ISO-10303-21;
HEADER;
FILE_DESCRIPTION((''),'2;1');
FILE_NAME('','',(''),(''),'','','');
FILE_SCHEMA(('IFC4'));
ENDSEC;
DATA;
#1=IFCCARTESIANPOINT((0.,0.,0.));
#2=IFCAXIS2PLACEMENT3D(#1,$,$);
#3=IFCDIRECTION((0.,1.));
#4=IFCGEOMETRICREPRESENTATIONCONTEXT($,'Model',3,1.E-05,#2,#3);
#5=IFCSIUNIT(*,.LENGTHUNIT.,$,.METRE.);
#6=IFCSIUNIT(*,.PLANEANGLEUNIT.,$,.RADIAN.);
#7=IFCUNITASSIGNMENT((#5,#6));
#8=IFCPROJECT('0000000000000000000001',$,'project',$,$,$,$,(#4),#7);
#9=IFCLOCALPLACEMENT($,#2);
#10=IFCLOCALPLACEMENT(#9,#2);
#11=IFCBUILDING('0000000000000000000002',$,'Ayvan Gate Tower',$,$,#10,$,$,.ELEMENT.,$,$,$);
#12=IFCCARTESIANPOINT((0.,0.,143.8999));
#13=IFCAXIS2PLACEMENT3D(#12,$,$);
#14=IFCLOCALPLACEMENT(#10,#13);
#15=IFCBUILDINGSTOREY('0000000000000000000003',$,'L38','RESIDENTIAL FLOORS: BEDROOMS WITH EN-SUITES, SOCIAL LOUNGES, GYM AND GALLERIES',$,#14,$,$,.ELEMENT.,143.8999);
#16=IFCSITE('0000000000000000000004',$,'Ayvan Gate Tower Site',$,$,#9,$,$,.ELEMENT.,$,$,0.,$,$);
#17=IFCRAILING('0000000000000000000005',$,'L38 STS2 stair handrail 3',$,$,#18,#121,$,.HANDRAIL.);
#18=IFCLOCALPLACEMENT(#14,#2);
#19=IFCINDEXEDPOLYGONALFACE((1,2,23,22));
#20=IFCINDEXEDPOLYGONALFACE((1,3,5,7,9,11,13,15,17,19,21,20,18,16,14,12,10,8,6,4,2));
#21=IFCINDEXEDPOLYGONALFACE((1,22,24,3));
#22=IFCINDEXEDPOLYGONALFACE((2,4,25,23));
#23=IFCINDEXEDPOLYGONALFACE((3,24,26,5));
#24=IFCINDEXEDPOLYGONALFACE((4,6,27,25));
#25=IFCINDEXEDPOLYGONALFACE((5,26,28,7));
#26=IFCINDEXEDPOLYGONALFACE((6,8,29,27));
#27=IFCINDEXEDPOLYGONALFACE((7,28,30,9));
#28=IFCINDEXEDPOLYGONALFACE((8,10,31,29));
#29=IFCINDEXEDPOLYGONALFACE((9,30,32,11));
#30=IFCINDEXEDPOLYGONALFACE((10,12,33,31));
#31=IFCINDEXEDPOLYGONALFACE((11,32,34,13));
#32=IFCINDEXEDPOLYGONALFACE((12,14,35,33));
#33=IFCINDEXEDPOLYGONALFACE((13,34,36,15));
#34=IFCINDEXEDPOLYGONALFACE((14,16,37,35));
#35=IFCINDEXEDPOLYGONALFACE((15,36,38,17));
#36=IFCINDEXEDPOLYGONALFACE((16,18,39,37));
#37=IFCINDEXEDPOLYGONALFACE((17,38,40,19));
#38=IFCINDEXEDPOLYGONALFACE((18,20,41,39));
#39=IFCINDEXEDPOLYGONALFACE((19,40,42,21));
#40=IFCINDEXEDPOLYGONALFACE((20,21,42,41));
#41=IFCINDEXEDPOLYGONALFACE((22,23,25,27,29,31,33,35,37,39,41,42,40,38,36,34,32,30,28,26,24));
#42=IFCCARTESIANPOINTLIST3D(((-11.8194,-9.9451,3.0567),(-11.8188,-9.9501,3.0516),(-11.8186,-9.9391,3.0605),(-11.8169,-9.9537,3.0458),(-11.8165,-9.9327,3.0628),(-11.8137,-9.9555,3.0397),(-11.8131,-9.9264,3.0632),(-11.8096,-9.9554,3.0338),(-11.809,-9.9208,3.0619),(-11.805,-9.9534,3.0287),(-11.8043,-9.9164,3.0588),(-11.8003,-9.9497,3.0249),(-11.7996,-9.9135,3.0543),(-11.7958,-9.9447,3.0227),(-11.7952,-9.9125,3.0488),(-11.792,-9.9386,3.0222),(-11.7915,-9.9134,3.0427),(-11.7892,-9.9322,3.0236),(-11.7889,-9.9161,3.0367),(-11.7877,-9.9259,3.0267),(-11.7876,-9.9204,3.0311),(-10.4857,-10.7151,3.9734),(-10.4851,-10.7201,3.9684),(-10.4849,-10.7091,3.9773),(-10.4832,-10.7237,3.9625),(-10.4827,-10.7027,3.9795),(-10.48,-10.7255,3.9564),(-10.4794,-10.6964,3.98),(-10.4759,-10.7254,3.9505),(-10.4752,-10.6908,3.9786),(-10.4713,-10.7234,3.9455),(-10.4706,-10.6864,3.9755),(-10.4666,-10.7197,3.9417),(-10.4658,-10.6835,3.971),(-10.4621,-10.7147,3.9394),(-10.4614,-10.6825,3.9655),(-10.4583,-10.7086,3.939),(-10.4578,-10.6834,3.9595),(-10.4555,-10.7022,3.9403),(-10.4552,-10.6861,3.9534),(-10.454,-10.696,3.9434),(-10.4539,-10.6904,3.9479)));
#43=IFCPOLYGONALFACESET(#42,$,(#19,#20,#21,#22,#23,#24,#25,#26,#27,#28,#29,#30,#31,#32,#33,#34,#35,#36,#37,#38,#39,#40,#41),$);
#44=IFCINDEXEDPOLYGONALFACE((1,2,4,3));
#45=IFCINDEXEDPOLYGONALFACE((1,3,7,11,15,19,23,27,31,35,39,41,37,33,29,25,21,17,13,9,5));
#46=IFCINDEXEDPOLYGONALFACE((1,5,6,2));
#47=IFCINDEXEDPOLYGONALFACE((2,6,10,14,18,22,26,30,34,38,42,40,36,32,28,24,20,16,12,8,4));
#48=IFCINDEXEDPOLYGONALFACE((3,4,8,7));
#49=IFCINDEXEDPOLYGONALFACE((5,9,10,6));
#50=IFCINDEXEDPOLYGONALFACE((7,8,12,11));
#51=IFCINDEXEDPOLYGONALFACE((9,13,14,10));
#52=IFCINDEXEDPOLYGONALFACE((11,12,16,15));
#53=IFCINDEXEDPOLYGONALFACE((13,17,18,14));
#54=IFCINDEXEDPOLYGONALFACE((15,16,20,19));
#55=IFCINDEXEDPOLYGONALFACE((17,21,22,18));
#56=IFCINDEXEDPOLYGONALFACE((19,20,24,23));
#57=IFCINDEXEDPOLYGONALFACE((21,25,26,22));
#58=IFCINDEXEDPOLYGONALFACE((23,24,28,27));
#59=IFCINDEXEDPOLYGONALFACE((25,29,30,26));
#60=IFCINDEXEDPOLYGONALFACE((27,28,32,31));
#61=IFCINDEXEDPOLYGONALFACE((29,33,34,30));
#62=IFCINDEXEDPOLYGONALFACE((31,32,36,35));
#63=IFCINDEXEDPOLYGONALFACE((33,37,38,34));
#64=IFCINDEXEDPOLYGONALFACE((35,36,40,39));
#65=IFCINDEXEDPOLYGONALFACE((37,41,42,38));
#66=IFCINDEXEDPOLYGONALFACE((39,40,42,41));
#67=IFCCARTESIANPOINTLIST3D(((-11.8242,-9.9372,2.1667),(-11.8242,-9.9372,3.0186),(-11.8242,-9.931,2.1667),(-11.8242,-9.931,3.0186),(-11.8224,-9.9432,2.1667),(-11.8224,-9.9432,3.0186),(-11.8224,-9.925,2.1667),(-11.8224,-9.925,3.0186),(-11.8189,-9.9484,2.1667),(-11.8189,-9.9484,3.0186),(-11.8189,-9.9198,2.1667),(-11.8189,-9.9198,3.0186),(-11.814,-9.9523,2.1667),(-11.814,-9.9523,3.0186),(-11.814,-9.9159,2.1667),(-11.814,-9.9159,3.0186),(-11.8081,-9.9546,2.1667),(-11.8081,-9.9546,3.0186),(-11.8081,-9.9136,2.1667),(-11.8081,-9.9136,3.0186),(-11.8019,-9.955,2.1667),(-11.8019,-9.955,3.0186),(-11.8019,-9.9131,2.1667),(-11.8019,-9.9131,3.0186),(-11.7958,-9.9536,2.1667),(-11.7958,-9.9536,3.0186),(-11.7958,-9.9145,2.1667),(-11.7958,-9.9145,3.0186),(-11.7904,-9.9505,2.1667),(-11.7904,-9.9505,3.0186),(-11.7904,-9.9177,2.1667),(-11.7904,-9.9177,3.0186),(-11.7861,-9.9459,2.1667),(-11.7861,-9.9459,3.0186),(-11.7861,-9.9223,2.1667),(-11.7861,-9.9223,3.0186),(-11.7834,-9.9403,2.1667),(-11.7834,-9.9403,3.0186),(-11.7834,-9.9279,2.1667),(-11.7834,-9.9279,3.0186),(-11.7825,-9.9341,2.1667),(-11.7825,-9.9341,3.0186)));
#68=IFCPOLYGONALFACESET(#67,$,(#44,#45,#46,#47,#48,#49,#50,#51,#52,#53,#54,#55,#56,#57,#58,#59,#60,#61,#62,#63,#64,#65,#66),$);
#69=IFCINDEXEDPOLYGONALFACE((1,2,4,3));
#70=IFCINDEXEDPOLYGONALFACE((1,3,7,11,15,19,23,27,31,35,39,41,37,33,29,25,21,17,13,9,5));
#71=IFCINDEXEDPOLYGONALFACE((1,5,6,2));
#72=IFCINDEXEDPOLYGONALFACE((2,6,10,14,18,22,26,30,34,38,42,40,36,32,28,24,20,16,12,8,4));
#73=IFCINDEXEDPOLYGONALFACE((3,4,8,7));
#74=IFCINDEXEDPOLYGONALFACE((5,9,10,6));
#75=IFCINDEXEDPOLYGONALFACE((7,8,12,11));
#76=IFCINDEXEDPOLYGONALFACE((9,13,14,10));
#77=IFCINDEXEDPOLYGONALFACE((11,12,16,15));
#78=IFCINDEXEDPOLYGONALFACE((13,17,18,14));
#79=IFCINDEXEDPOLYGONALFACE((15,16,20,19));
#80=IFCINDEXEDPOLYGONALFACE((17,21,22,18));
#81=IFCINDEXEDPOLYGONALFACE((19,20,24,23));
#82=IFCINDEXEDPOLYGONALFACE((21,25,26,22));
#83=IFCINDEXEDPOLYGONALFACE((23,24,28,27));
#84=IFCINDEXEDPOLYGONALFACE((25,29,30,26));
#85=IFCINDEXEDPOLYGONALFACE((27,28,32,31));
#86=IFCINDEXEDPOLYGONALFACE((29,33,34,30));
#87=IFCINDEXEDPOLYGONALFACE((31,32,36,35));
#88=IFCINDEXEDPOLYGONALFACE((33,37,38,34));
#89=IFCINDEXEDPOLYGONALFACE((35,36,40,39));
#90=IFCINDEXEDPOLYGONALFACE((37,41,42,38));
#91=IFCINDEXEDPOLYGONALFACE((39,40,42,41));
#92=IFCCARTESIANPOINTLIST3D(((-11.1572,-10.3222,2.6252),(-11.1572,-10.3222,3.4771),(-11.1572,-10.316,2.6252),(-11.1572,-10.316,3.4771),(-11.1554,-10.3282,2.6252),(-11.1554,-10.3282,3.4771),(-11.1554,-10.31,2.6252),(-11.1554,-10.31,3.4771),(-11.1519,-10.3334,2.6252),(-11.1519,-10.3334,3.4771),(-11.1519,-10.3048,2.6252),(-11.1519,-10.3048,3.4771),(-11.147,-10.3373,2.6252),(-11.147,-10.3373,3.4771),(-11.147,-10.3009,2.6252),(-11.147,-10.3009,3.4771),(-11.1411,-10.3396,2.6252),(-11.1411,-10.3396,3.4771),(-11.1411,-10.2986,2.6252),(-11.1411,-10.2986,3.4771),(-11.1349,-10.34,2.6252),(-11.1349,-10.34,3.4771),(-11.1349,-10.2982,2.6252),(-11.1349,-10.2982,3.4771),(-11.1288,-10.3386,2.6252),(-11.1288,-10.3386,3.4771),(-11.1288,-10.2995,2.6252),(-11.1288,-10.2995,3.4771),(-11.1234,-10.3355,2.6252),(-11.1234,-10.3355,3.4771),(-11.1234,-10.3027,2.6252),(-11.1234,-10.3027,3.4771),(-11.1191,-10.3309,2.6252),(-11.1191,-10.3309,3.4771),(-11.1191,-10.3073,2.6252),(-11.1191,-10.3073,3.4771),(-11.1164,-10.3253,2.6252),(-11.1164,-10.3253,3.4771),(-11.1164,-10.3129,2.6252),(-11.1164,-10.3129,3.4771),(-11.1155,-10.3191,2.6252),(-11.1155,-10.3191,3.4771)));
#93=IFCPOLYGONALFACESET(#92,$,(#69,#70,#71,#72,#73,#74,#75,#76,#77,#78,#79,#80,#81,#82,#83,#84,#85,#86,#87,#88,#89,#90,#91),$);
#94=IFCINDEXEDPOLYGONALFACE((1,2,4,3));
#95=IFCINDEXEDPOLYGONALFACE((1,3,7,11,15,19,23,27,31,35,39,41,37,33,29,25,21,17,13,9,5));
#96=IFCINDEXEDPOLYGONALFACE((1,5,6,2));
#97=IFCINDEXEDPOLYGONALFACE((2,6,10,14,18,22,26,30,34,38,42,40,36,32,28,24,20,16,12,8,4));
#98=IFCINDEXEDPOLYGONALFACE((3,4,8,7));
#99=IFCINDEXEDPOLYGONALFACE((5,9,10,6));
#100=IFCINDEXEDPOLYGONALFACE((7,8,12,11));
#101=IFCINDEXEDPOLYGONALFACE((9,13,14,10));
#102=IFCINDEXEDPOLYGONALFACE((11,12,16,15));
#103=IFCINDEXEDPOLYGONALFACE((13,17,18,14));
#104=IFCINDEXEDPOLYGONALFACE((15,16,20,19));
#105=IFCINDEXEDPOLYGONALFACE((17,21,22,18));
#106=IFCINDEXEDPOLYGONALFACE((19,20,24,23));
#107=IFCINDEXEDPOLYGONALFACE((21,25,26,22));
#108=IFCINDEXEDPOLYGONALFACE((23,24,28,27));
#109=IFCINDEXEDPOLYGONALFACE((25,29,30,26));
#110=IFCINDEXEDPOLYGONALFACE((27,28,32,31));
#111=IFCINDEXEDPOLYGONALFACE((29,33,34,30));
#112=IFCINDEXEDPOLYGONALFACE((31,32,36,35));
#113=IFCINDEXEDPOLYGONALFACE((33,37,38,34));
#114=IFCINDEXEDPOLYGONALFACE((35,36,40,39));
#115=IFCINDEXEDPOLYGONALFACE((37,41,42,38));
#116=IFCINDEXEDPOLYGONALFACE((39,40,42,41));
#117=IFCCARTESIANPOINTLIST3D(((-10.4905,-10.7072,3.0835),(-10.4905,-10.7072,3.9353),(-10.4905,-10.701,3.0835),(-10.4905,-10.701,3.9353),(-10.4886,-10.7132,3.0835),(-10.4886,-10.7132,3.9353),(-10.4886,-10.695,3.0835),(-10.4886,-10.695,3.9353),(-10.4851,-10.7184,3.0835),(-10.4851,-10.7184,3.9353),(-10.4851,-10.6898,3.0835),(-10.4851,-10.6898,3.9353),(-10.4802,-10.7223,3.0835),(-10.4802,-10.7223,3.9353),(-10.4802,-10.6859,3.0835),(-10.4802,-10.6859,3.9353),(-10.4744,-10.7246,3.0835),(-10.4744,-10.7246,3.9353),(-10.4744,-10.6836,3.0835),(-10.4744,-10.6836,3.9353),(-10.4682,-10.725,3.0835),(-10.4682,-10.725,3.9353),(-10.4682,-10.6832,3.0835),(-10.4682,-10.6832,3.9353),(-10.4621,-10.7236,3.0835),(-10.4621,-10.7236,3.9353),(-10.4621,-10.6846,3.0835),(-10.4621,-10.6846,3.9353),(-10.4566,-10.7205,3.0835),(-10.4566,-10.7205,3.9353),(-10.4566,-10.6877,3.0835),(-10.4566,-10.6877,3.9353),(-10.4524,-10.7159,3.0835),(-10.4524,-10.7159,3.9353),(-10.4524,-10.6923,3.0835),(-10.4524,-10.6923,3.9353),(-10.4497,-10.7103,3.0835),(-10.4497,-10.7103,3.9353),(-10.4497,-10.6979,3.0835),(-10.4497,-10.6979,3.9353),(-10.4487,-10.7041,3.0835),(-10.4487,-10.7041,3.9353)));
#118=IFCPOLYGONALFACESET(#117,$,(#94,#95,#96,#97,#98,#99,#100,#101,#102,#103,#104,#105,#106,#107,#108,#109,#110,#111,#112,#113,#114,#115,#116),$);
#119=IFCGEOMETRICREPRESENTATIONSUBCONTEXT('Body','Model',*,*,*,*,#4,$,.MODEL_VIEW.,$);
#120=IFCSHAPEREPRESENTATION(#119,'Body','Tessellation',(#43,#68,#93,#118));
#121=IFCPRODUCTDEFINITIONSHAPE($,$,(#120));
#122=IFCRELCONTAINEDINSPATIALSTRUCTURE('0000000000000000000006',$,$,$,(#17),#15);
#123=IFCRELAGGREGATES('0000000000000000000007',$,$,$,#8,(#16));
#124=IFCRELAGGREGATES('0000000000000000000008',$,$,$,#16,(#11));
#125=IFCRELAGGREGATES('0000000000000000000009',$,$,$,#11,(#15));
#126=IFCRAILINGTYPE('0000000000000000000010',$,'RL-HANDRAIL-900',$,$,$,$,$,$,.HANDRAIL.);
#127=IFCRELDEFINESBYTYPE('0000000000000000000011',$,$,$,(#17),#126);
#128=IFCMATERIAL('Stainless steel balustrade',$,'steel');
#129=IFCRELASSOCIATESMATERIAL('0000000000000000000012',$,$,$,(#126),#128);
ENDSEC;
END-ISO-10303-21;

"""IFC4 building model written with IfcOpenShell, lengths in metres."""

from ifc_helpers import new_model, si_unit, direction, frame, origin, origin_2d, place, context, subcontext, project, spatial, circle, extrude, material, type_object, element, save


model = new_model("IFC4")

# Units and contexts
model_context = context("Model", 3, precision=1e-05, world=origin(), true_north=direction((0.0, 1.0)))
body_context = subcontext(model_context, "Body", "Model", "MODEL_VIEW")
ifc_project = project(units=[si_unit("LENGTHUNIT", "METRE"), si_unit("PLANEANGLEUNIT", "RADIAN")], contexts=[model_context])

# Site, building, storey
site_placement = place(None, origin())
site = spatial("IfcSite", under=ifc_project, at=site_placement, Name="Ayvan Gate Tower Site", CompositionType="ELEMENT", RefElevation=0.0)
building_placement = place(site_placement, origin())
building = spatial("IfcBuilding", under=site, at=building_placement, Name="Ayvan Gate Tower", CompositionType="ELEMENT")
storey_placement = place(building_placement, frame((0.0, 0.0, 143.8999)))
storey = spatial("IfcBuildingStorey", under=building, at=storey_placement, Name="L38", Description="RESIDENTIAL FLOORS: BEDROOMS WITH EN-SUITES, SOCIAL LOUNGES, GYM AND GALLERIES", CompositionType="ELEMENT", Elevation=143.8999)

# Railing
ifc_material_1 = material(Name="Stainless steel balustrade", Category="steel")
railing_type_1 = type_object("IfcRailingType", Name="RL-HANDRAIL-900", PredefinedType="HANDRAIL", material=ifc_material_1)
railing_1_placement = place(storey_placement, frame((-11.8035, -9.9341, 2.1667)))
element("IfcRailing", 1, at=railing_1_placement, inside=storey, type_object=railing_type_1, Name="L38 STS2 stair handrail 3", PredefinedType="HANDRAIL", context=body_context, shape_type="SweptSolid", body=[
    extrude(circle(Radius=0.0239, at=origin_2d()), frame((0.0, 0.0, 0.876), z_axis=(0.744164, -0.429634, 0.511502), x_axis=(0.499992, 0.86603, 0.0)), (0.0, 0.0, 1.0), 1.7922),
    extrude(circle(Radius=0.021, at=origin_2d()), origin(), (0.0, 0.0, 1.0), 0.8518),
    extrude(circle(Radius=0.021, at=origin_2d()), frame((0.667, -0.385, 0.4585)), (0.0, 0.0, 1.0), 0.8518),
    extrude(circle(Radius=0.021, at=origin_2d()), frame((1.3337, -0.77, 0.9167)), (0.0, 0.0, 1.0), 0.8518),
])

save(model, "model.ifc")
